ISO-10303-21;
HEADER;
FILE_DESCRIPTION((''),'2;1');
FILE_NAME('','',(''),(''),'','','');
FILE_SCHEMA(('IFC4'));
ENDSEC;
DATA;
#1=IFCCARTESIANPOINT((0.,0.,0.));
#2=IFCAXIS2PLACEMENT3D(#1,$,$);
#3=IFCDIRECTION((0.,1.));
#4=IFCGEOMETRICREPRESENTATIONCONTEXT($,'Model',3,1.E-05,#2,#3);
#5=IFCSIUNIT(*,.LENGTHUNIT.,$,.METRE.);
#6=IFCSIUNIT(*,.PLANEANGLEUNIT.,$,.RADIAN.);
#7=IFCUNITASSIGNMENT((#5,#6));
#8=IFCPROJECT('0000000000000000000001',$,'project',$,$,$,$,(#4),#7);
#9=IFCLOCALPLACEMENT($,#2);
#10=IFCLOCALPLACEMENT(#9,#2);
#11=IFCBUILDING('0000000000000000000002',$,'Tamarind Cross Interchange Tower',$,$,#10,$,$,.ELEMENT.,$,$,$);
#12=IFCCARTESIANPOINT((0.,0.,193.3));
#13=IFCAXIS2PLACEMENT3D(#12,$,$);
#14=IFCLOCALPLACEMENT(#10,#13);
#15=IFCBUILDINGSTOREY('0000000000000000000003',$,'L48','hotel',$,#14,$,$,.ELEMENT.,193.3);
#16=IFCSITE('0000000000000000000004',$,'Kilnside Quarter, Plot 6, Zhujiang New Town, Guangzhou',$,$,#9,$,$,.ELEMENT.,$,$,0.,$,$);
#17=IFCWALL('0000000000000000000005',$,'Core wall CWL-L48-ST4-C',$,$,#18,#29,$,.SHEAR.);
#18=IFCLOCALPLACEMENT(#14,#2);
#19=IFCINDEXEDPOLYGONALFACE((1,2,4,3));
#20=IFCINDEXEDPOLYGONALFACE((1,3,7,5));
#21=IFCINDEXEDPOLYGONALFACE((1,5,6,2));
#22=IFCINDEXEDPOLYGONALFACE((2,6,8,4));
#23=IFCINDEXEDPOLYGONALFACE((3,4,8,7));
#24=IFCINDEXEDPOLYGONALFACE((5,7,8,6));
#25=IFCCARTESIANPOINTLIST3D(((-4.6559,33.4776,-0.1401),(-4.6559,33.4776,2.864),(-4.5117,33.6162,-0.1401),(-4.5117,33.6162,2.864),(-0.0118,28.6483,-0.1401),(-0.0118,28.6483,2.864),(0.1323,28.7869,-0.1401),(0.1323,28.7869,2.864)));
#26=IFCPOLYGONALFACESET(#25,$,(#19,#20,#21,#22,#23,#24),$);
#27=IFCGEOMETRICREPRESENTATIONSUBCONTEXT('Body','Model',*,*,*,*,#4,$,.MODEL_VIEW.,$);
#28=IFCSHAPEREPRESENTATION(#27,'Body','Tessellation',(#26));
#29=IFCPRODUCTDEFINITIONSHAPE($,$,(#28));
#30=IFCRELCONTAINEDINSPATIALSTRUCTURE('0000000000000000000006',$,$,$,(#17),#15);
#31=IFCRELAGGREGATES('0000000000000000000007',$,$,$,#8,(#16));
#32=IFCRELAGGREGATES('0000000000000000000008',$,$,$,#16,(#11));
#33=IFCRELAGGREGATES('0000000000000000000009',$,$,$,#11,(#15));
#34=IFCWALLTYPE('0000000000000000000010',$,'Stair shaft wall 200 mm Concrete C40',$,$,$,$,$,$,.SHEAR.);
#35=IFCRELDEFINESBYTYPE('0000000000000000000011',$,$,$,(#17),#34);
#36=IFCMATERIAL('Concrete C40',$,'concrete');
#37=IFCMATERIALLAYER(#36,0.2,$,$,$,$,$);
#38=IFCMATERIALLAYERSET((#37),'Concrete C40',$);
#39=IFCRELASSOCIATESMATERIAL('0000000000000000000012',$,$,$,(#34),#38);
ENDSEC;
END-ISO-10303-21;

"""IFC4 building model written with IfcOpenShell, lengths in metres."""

from ifc_helpers import new_model, si_unit, direction, frame, frame_2d, origin, place, context, subcontext, project, spatial, rectangle, extrude, material, layer, layer_set, type_object, element, save


model = new_model("IFC4")

# Units and contexts
model_context = context("Model", 3, precision=1e-05, world=origin(), true_north=direction((0.0, 1.0)))
body_context = subcontext(model_context, "Body", "Model", "MODEL_VIEW")
ifc_project = project(units=[si_unit("LENGTHUNIT", "METRE"), si_unit("PLANEANGLEUNIT", "RADIAN")], contexts=[model_context])

# Site, building, storey
site_placement = place(None, origin())
site = spatial("IfcSite", under=ifc_project, at=site_placement, Name="Kilnside Quarter, Plot 6, Zhujiang New Town, Guangzhou", CompositionType="ELEMENT", RefElevation=0.0)
building_placement = place(site_placement, origin())
building = spatial("IfcBuilding", under=site, at=building_placement, Name="Tamarind Cross Interchange Tower", CompositionType="ELEMENT")
storey_placement = place(building_placement, frame((0.0, 0.0, 193.3)))
storey = spatial("IfcBuildingStorey", under=building, at=storey_placement, Name="L48", Description="hotel", CompositionType="ELEMENT", Elevation=193.3)

# Wall
ifc_material_1 = material(Name="Concrete C40", Category="concrete")
ifc_layer_1 = layer(ifc_material_1, 0.2)
ifc_layer_set_1 = layer_set([ifc_layer_1], Name="Concrete C40")
wall_type_1 = type_object("IfcWallType", Name="Stair shaft wall 200 mm Concrete C40", PredefinedType="SHEAR", material=ifc_layer_set_1)
wall_1_placement = place(storey_placement, frame((0.0603, 28.7175, -0.1401), z_axis=(0.0, 0.0, 1.0), x_axis=(-0.693143, 0.7208, 0.0)))
element("IfcWall", 1, at=wall_1_placement, inside=storey, type_object=wall_type_1, Name="Core wall CWL-L48-ST4-C", PredefinedType="SHEAR", context=body_context, shape_type="SweptSolid", body=[
    extrude(rectangle(XDim=6.7, YDim=0.2, at=frame_2d((3.3501, 0.0))), origin(), (0.0, 0.0, 1.0), 3.0042),
])

save(model, "model.ifc")
